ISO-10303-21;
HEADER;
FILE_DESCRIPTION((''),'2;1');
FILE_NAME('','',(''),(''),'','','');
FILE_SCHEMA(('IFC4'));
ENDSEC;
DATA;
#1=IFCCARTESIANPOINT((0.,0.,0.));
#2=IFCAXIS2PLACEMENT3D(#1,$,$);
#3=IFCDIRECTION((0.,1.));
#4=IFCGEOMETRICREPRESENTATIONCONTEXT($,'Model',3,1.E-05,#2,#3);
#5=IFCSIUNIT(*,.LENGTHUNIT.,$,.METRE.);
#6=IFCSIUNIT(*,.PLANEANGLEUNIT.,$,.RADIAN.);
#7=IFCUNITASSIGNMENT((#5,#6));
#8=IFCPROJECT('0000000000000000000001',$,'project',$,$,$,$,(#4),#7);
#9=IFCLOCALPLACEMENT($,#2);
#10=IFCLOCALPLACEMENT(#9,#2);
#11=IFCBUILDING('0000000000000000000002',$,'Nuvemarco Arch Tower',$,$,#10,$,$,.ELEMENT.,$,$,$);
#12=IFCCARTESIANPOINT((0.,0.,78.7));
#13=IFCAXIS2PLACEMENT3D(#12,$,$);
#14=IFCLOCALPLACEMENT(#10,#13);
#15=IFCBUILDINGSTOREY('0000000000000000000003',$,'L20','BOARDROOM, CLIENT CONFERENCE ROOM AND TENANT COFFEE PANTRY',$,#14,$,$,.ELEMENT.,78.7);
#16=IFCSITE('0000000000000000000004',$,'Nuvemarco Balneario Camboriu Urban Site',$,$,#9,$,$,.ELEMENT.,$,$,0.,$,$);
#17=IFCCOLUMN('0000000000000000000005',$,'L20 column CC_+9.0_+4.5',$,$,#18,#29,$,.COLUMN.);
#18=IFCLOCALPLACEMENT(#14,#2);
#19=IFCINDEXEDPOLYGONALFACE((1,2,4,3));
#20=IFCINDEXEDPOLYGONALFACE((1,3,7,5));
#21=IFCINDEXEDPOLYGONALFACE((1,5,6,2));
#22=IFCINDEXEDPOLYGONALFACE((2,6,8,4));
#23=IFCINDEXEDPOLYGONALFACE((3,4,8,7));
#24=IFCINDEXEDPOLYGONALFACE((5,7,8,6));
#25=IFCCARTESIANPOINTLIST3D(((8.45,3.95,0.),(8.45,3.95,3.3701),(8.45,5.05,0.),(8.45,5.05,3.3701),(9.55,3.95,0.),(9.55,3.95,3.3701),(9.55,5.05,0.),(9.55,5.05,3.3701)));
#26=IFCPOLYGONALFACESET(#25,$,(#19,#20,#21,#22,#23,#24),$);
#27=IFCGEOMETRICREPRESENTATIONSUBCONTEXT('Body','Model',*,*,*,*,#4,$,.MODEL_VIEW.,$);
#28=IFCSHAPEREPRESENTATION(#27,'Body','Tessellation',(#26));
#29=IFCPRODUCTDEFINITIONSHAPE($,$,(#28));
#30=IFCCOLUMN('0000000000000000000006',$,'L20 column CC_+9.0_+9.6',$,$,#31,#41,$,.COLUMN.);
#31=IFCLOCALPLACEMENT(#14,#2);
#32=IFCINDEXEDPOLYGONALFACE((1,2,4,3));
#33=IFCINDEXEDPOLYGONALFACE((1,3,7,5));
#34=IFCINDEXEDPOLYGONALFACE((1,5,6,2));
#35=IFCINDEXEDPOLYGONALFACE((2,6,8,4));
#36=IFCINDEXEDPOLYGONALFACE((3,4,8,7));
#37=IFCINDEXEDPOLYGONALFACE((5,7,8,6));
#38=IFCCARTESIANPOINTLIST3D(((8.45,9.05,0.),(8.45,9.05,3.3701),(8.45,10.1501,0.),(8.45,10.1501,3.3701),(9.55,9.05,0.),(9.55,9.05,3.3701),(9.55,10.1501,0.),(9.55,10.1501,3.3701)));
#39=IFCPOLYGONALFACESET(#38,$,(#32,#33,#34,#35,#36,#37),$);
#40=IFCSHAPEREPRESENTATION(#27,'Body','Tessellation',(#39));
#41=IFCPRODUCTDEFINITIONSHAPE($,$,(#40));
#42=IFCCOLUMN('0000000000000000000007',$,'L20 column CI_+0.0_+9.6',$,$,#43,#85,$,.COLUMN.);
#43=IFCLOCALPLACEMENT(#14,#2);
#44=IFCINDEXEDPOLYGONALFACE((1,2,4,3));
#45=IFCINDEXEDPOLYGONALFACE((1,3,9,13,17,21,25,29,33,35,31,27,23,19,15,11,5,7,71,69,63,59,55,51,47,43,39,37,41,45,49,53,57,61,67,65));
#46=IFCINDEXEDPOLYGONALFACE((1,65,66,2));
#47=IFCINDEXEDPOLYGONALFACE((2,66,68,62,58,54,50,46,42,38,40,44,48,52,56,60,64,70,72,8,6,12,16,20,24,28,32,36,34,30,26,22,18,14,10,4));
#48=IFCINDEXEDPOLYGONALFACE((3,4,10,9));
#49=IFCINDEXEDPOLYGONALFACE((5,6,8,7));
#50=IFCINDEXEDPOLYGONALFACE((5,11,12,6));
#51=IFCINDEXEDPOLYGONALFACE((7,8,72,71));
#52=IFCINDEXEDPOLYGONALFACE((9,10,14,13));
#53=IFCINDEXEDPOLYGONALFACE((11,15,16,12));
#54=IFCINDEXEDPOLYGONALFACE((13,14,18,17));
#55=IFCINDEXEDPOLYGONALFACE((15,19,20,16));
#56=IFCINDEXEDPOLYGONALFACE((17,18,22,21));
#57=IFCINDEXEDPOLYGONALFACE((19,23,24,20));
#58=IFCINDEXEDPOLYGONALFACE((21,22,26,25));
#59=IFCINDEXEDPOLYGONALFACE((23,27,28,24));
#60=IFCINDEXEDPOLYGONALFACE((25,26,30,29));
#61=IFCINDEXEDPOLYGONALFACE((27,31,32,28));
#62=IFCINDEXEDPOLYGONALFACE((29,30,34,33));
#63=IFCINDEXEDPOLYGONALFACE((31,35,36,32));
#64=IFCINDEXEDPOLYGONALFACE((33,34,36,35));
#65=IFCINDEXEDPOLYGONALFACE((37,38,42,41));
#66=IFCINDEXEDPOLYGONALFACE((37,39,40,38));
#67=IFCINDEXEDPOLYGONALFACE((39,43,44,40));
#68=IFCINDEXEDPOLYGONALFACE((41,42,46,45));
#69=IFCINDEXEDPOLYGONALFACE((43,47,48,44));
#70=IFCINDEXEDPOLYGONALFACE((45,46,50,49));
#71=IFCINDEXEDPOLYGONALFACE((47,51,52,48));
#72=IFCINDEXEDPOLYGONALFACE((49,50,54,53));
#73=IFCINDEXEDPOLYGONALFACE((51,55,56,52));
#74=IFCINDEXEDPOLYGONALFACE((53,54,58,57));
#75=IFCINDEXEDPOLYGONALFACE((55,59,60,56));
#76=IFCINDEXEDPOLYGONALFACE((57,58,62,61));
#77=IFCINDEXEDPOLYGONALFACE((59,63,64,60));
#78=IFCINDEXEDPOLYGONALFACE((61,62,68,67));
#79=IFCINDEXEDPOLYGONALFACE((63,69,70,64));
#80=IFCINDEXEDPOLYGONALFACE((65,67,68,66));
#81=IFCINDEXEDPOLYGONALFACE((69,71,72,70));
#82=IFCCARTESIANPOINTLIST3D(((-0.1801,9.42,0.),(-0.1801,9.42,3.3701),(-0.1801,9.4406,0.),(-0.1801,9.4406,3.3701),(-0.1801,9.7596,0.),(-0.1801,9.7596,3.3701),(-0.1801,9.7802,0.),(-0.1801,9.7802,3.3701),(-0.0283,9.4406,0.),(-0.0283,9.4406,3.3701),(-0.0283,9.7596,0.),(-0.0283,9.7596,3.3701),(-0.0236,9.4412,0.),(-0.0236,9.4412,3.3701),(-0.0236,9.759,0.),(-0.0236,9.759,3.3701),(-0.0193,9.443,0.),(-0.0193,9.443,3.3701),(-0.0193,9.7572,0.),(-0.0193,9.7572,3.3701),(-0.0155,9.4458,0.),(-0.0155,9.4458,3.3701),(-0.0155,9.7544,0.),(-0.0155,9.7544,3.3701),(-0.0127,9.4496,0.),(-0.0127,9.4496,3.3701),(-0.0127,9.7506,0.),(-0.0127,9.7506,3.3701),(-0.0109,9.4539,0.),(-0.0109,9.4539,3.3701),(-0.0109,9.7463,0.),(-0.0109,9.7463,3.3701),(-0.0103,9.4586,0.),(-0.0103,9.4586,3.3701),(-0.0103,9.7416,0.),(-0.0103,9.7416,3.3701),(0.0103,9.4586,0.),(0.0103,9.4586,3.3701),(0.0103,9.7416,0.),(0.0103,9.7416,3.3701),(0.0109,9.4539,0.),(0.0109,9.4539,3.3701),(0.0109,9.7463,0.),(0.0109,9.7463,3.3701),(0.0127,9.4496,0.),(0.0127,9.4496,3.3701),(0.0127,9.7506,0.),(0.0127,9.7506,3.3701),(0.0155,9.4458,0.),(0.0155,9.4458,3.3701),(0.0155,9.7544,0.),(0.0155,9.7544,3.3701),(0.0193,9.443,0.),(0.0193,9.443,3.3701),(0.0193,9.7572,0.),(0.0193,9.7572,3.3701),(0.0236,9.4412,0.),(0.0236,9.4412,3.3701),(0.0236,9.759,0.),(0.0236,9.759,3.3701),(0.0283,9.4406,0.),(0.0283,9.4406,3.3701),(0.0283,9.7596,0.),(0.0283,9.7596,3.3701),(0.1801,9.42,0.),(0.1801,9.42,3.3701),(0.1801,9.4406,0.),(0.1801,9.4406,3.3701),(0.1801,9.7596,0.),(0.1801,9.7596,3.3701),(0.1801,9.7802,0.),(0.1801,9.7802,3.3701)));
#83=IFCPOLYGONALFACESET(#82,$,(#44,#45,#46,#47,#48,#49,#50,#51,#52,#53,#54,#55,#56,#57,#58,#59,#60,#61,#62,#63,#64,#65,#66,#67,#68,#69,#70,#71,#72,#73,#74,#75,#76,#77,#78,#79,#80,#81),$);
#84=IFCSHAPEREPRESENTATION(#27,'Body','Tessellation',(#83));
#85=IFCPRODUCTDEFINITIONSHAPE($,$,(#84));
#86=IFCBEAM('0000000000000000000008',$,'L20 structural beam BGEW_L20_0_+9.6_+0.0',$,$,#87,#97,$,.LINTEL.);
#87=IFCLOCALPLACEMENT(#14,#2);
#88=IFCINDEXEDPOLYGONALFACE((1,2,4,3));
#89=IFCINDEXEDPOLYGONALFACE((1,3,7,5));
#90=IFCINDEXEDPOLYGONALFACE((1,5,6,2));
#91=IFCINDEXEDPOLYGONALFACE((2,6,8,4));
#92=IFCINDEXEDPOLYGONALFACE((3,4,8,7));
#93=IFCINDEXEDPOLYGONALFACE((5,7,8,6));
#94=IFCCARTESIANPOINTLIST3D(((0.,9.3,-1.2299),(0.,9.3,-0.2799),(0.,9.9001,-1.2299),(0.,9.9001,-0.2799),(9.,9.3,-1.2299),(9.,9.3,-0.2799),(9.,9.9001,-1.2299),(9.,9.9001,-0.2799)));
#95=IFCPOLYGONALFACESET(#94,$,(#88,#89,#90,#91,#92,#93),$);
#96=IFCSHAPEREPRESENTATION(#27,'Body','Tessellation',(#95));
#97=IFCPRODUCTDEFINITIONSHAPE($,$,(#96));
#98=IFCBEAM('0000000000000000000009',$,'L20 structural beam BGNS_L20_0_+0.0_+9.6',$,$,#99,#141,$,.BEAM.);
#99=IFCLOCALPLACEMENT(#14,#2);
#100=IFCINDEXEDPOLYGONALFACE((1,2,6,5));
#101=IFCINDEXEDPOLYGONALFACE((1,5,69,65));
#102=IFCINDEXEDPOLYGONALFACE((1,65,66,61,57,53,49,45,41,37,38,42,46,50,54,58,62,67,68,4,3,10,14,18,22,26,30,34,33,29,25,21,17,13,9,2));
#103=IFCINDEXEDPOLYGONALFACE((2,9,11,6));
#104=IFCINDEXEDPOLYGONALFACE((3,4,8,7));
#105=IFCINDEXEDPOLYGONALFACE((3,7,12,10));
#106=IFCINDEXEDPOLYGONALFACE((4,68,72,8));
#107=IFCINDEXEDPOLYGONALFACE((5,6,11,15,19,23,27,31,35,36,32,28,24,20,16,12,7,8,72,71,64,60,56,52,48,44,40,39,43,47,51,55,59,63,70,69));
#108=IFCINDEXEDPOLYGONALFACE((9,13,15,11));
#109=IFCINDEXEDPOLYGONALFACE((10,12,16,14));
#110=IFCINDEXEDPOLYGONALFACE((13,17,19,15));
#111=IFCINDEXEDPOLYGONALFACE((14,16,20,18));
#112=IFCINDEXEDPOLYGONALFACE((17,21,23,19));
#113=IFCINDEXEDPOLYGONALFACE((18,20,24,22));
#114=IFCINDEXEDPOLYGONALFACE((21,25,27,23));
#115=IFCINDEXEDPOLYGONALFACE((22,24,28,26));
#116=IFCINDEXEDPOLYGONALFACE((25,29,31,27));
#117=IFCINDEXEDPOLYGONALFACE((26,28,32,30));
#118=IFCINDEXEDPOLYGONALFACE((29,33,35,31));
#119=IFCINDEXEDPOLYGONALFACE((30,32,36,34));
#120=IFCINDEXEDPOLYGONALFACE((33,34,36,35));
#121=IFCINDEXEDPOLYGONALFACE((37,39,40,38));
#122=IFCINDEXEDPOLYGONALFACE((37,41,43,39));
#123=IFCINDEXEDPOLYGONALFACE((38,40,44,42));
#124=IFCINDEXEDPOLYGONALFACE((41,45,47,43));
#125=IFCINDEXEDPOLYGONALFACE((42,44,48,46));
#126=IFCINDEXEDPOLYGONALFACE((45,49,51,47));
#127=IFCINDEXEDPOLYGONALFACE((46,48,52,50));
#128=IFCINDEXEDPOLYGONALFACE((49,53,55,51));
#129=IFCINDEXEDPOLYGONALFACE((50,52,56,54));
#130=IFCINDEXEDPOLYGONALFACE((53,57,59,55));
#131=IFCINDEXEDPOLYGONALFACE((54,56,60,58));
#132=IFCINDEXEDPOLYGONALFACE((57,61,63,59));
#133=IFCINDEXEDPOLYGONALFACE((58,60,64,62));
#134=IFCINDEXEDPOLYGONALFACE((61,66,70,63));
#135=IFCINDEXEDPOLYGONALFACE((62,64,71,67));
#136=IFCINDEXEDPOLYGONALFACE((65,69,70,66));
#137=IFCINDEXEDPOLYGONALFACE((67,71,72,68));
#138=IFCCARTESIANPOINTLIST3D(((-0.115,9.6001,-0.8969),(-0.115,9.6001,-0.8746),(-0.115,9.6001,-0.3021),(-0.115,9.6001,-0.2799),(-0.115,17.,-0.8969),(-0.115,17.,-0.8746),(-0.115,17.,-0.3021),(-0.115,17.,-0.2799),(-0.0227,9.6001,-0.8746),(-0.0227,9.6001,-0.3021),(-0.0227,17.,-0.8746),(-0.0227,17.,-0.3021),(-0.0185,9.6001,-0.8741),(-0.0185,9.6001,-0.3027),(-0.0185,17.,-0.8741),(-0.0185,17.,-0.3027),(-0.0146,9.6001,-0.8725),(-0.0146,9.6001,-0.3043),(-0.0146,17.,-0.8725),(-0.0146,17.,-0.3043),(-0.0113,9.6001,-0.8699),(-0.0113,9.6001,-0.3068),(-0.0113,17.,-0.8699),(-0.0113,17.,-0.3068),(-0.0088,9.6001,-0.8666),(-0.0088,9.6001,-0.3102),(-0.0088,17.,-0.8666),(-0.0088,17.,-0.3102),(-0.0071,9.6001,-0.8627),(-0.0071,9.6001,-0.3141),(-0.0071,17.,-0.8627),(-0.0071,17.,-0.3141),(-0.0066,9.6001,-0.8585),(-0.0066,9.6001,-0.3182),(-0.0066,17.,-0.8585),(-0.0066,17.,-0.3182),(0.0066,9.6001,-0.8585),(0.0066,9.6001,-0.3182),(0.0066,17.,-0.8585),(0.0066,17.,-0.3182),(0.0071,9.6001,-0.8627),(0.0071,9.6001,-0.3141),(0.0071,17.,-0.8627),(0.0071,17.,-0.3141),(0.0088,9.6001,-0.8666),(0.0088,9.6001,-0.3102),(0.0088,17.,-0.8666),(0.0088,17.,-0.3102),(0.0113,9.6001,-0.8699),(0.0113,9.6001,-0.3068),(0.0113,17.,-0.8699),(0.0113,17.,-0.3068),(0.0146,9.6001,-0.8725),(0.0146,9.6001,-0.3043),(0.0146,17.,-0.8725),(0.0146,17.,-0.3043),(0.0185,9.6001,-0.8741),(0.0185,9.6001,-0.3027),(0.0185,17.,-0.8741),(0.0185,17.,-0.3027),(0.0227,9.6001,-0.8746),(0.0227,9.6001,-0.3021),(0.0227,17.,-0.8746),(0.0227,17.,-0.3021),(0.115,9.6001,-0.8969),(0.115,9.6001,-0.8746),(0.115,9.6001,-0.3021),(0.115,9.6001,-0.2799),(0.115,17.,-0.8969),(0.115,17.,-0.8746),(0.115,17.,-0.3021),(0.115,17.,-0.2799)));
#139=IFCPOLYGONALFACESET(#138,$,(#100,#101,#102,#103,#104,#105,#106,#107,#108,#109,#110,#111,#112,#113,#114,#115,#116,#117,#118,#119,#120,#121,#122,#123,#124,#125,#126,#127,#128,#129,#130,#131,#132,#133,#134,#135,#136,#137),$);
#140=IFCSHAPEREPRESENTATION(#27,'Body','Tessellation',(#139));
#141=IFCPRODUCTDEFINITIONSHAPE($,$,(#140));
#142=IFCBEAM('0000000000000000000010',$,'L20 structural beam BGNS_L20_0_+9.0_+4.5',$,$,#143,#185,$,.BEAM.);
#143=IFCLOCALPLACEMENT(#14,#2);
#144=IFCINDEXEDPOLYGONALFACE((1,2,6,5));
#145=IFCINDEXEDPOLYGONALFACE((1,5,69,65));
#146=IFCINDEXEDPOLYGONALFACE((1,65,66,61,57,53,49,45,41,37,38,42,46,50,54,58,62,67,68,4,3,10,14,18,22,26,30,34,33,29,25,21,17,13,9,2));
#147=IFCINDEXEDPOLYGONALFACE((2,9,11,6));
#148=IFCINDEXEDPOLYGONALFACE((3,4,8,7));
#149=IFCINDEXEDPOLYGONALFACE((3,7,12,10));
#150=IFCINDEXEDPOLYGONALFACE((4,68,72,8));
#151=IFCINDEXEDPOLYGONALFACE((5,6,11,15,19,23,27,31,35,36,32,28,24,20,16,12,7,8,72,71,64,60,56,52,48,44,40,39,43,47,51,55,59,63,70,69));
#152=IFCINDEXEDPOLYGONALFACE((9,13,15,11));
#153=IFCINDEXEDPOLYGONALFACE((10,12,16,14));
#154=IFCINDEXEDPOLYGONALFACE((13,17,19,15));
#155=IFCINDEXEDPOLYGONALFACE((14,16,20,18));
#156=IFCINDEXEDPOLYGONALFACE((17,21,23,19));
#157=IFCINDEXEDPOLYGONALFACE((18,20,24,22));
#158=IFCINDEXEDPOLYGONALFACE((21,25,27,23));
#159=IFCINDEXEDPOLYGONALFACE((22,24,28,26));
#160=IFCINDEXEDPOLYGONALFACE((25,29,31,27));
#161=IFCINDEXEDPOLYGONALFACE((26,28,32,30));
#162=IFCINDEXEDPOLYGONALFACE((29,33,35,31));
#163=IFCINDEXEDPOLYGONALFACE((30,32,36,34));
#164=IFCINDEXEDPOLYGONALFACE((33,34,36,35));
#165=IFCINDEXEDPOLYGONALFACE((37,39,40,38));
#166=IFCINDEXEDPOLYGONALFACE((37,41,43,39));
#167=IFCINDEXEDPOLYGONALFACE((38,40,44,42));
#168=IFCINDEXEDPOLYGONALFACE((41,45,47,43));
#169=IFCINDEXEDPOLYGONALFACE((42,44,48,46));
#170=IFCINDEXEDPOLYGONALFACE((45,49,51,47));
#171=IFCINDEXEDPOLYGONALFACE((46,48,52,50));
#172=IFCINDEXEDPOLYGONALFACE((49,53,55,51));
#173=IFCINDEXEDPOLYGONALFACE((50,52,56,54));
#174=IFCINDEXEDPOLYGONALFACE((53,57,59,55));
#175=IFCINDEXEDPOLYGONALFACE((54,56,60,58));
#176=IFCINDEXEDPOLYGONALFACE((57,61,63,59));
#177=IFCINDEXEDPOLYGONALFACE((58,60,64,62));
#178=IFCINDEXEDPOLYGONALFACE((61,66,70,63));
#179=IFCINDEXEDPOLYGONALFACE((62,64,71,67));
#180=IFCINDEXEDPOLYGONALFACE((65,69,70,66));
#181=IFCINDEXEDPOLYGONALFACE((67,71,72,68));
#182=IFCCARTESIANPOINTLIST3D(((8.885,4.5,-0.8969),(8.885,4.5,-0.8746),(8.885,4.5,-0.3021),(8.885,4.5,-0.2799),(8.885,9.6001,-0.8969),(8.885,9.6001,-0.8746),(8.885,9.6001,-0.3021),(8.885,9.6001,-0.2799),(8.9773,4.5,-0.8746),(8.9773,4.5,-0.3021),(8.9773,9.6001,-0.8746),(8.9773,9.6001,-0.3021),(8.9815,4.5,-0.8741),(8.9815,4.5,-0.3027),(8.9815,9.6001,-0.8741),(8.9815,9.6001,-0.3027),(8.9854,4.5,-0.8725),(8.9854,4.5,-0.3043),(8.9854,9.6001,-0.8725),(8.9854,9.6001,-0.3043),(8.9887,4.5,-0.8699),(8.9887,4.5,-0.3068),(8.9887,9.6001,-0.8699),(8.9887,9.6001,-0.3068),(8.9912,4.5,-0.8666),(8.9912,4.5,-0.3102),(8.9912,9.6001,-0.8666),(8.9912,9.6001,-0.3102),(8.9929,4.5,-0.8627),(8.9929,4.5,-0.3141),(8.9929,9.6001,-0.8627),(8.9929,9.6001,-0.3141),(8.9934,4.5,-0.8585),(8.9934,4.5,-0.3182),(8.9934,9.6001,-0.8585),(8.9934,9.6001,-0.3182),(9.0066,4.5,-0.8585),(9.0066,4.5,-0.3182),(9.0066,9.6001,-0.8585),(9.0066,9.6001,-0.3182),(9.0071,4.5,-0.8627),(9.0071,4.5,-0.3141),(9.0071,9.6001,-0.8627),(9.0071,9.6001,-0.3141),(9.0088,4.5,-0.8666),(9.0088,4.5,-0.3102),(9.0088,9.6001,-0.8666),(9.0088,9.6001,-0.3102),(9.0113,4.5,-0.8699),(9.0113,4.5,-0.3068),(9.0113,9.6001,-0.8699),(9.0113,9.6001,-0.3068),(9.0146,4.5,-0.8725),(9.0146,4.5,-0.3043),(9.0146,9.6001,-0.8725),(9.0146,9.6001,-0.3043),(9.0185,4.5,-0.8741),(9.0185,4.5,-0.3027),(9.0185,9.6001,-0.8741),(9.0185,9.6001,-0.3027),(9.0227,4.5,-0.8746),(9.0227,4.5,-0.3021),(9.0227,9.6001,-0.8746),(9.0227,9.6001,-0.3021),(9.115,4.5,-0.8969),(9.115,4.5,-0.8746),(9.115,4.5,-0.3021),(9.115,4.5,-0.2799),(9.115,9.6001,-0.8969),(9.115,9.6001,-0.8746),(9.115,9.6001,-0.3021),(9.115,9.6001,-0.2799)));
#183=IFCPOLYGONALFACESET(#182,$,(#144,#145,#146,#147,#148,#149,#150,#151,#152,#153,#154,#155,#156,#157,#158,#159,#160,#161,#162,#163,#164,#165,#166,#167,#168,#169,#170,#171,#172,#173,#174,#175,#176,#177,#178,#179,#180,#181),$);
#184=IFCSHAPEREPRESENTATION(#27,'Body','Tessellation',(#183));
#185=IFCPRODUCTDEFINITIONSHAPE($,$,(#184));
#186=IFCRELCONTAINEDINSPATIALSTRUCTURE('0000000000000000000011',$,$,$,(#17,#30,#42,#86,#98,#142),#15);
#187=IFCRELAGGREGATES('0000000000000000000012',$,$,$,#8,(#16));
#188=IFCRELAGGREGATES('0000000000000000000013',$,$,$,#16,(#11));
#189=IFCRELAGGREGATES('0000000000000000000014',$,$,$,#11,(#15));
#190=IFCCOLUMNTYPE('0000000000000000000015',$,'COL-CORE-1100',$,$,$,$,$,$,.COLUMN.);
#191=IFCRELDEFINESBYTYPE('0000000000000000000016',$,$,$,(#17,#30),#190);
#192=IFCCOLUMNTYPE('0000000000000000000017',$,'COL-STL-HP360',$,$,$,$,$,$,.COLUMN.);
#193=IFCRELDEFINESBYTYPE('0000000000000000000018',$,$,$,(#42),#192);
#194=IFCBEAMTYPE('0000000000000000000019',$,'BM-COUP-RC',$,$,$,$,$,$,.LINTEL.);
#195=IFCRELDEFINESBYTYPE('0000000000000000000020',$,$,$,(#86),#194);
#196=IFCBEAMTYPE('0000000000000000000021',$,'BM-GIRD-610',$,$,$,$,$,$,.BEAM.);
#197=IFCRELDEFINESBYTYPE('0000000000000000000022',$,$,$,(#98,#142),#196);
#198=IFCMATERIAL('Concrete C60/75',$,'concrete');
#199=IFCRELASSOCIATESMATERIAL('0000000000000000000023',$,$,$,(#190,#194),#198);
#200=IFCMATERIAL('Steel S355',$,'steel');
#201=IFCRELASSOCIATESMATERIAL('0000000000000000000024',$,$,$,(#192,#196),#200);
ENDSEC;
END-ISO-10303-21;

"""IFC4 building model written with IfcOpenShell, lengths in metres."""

from ifc_helpers import new_model, si_unit, direction, frame, origin, origin_2d, place, context, subcontext, project, spatial, rectangle, i_section, extrude, material, material_profile, profile_set, type_object, element, save


model = new_model("IFC4")

# Units and contexts
model_context = context("Model", 3, precision=1e-05, world=origin(), true_north=direction((0.0, 1.0)))
body_context = subcontext(model_context, "Body", "Model", "MODEL_VIEW")
ifc_project = project(units=[si_unit("LENGTHUNIT", "METRE"), si_unit("PLANEANGLEUNIT", "RADIAN")], contexts=[model_context])

# Site, building, storey
site_placement = place(None, origin())
site = spatial("IfcSite", under=ifc_project, at=site_placement, Name="Nuvemarco Balneario Camboriu Urban Site", CompositionType="ELEMENT", RefElevation=0.0)
building_placement = place(site_placement, origin())
building = spatial("IfcBuilding", under=site, at=building_placement, Name="Nuvemarco Arch Tower", CompositionType="ELEMENT")
storey_placement = place(building_placement, frame((0.0, 0.0, 78.7)))
storey = spatial("IfcBuildingStorey", under=building, at=storey_placement, Name="L20", Description="BOARDROOM, CLIENT CONFERENCE ROOM AND TENANT COFFEE PANTRY", CompositionType="ELEMENT", Elevation=78.7)

# Columns
ifc_material_1 = material(Name="Concrete C60/75", Category="concrete")
ifc_material_profile_1 = material_profile(ifc_material_1, rectangle(XDim=1.1001, YDim=1.1001, at=origin_2d()), Name="RC-COL-1100x1100")
ifc_profile_set_1 = profile_set([ifc_material_profile_1], Name="Concrete C60/75")
column_type_1 = type_object("IfcColumnType", Name="COL-CORE-1100", PredefinedType="COLUMN", material=ifc_profile_set_1)
for number, where, z_axis, x_axis, name in (
    (1, (9.0, 4.5, 0.0), (0.0, 0.0, 1.0), (1.0, 0.0, 0.0), "L20 column CC_+9.0_+4.5"),
    (2, (9.0, 9.6001, 0.0), (0.0, 0.0, 1.0), (1.0, 0.0, 0.0), "L20 column CC_+9.0_+9.6"),
):
    element("IfcColumn", number, at=place(storey_placement, frame(where, z_axis=z_axis, x_axis=x_axis)), inside=storey, type_object=column_type_1, Name=name, PredefinedType="COLUMN", context=body_context, shape_type="SweptSolid", body=[
        extrude(rectangle(XDim=1.1001, YDim=1.1001, at=origin_2d()), origin(), (0.0, 0.0, 1.0), 3.3701),
    ])
ifc_material_2 = material(Name="Steel S355", Category="steel")
ifc_material_profile_2 = material_profile(ifc_material_2, i_section(OverallWidth=0.3601, OverallDepth=0.3601, WebThickness=0.0205, FlangeThickness=0.0205, FilletRadius=0.0181, at=origin_2d()), Name="HP360x174")
ifc_profile_set_2 = profile_set([ifc_material_profile_2], Name="Steel S355")
column_type_2 = type_object("IfcColumnType", Name="COL-STL-HP360", PredefinedType="COLUMN", material=ifc_profile_set_2)
column_placement = place(storey_placement, frame((0.0, 9.6001, 0.0), z_axis=(0.0, 0.0, 1.0), x_axis=(1.0, 0.0, 0.0)))
element("IfcColumn", 3, at=column_placement, inside=storey, type_object=column_type_2, Name="L20 column CI_+0.0_+9.6", PredefinedType="COLUMN", context=body_context, shape_type="SweptSolid", body=[
    extrude(i_section(OverallWidth=0.3601, OverallDepth=0.3601, WebThickness=0.0205, FlangeThickness=0.0205, FilletRadius=0.0181, at=origin_2d()), origin(), (0.0, 0.0, 1.0), 3.3701),
])

# Beams
ifc_material_profile_3 = material_profile(ifc_material_1, rectangle(XDim=0.6001, YDim=0.95, at=origin_2d()), Name="RC-BM-600x950")
ifc_profile_set_3 = profile_set([ifc_material_profile_3], Name="Concrete C60/75")
beam_type_1 = type_object("IfcBeamType", Name="BM-COUP-RC", PredefinedType="LINTEL", material=ifc_profile_set_3)
beam_1_placement = place(storey_placement, frame((0.0, 9.6001, -0.7549), z_axis=(1.0, 0.0, 0.0), x_axis=(0.0, 1.0, 0.0)))
element("IfcBeam", 4, at=beam_1_placement, inside=storey, type_object=beam_type_1, Name="L20 structural beam BGEW_L20_0_+9.6_+0.0", PredefinedType="LINTEL", context=body_context, shape_type="SweptSolid", body=[
    extrude(rectangle(XDim=0.6001, YDim=0.95, at=origin_2d()), origin(), (0.0, 0.0, 1.0), 9.0),
])
ifc_material_profile_4 = material_profile(ifc_material_2, i_section(OverallWidth=0.23, OverallDepth=0.6169, WebThickness=0.0132, FlangeThickness=0.0222, FilletRadius=0.0161, at=origin_2d()), Name="W610x140")
ifc_profile_set_4 = profile_set([ifc_material_profile_4], Name="Steel S355")
beam_type_2 = type_object("IfcBeamType", Name="BM-GIRD-610", PredefinedType="BEAM", material=ifc_profile_set_4)
beam_2_placement = place(storey_placement, frame((0.0, 9.6001, -0.5884), z_axis=(0.0, 1.0, 0.0), x_axis=(-1.0, 0.0, 0.0)))
element("IfcBeam", 5, at=beam_2_placement, inside=storey, type_object=beam_type_2, Name="L20 structural beam BGNS_L20_0_+0.0_+9.6", PredefinedType="BEAM", context=body_context, shape_type="SweptSolid", body=[
    extrude(i_section(OverallWidth=0.23, OverallDepth=0.6169, WebThickness=0.0132, FlangeThickness=0.0222, FilletRadius=0.0161, at=origin_2d()), origin(), (0.0, 0.0, 1.0), 7.3999),
])
beam_3_placement = place(storey_placement, frame((9.0, 4.5, -0.5884), z_axis=(0.0, 1.0, 0.0), x_axis=(-1.0, 0.0, 0.0)))
element("IfcBeam", 6, at=beam_3_placement, inside=storey, type_object=beam_type_2, Name="L20 structural beam BGNS_L20_0_+9.0_+4.5", PredefinedType="BEAM", context=body_context, shape_type="SweptSolid", body=[
    extrude(i_section(OverallWidth=0.23, OverallDepth=0.6169, WebThickness=0.0132, FlangeThickness=0.0222, FilletRadius=0.0161, at=origin_2d()), origin(), (0.0, 0.0, 1.0), 5.1001),
])

save(model, "model.ifc")
